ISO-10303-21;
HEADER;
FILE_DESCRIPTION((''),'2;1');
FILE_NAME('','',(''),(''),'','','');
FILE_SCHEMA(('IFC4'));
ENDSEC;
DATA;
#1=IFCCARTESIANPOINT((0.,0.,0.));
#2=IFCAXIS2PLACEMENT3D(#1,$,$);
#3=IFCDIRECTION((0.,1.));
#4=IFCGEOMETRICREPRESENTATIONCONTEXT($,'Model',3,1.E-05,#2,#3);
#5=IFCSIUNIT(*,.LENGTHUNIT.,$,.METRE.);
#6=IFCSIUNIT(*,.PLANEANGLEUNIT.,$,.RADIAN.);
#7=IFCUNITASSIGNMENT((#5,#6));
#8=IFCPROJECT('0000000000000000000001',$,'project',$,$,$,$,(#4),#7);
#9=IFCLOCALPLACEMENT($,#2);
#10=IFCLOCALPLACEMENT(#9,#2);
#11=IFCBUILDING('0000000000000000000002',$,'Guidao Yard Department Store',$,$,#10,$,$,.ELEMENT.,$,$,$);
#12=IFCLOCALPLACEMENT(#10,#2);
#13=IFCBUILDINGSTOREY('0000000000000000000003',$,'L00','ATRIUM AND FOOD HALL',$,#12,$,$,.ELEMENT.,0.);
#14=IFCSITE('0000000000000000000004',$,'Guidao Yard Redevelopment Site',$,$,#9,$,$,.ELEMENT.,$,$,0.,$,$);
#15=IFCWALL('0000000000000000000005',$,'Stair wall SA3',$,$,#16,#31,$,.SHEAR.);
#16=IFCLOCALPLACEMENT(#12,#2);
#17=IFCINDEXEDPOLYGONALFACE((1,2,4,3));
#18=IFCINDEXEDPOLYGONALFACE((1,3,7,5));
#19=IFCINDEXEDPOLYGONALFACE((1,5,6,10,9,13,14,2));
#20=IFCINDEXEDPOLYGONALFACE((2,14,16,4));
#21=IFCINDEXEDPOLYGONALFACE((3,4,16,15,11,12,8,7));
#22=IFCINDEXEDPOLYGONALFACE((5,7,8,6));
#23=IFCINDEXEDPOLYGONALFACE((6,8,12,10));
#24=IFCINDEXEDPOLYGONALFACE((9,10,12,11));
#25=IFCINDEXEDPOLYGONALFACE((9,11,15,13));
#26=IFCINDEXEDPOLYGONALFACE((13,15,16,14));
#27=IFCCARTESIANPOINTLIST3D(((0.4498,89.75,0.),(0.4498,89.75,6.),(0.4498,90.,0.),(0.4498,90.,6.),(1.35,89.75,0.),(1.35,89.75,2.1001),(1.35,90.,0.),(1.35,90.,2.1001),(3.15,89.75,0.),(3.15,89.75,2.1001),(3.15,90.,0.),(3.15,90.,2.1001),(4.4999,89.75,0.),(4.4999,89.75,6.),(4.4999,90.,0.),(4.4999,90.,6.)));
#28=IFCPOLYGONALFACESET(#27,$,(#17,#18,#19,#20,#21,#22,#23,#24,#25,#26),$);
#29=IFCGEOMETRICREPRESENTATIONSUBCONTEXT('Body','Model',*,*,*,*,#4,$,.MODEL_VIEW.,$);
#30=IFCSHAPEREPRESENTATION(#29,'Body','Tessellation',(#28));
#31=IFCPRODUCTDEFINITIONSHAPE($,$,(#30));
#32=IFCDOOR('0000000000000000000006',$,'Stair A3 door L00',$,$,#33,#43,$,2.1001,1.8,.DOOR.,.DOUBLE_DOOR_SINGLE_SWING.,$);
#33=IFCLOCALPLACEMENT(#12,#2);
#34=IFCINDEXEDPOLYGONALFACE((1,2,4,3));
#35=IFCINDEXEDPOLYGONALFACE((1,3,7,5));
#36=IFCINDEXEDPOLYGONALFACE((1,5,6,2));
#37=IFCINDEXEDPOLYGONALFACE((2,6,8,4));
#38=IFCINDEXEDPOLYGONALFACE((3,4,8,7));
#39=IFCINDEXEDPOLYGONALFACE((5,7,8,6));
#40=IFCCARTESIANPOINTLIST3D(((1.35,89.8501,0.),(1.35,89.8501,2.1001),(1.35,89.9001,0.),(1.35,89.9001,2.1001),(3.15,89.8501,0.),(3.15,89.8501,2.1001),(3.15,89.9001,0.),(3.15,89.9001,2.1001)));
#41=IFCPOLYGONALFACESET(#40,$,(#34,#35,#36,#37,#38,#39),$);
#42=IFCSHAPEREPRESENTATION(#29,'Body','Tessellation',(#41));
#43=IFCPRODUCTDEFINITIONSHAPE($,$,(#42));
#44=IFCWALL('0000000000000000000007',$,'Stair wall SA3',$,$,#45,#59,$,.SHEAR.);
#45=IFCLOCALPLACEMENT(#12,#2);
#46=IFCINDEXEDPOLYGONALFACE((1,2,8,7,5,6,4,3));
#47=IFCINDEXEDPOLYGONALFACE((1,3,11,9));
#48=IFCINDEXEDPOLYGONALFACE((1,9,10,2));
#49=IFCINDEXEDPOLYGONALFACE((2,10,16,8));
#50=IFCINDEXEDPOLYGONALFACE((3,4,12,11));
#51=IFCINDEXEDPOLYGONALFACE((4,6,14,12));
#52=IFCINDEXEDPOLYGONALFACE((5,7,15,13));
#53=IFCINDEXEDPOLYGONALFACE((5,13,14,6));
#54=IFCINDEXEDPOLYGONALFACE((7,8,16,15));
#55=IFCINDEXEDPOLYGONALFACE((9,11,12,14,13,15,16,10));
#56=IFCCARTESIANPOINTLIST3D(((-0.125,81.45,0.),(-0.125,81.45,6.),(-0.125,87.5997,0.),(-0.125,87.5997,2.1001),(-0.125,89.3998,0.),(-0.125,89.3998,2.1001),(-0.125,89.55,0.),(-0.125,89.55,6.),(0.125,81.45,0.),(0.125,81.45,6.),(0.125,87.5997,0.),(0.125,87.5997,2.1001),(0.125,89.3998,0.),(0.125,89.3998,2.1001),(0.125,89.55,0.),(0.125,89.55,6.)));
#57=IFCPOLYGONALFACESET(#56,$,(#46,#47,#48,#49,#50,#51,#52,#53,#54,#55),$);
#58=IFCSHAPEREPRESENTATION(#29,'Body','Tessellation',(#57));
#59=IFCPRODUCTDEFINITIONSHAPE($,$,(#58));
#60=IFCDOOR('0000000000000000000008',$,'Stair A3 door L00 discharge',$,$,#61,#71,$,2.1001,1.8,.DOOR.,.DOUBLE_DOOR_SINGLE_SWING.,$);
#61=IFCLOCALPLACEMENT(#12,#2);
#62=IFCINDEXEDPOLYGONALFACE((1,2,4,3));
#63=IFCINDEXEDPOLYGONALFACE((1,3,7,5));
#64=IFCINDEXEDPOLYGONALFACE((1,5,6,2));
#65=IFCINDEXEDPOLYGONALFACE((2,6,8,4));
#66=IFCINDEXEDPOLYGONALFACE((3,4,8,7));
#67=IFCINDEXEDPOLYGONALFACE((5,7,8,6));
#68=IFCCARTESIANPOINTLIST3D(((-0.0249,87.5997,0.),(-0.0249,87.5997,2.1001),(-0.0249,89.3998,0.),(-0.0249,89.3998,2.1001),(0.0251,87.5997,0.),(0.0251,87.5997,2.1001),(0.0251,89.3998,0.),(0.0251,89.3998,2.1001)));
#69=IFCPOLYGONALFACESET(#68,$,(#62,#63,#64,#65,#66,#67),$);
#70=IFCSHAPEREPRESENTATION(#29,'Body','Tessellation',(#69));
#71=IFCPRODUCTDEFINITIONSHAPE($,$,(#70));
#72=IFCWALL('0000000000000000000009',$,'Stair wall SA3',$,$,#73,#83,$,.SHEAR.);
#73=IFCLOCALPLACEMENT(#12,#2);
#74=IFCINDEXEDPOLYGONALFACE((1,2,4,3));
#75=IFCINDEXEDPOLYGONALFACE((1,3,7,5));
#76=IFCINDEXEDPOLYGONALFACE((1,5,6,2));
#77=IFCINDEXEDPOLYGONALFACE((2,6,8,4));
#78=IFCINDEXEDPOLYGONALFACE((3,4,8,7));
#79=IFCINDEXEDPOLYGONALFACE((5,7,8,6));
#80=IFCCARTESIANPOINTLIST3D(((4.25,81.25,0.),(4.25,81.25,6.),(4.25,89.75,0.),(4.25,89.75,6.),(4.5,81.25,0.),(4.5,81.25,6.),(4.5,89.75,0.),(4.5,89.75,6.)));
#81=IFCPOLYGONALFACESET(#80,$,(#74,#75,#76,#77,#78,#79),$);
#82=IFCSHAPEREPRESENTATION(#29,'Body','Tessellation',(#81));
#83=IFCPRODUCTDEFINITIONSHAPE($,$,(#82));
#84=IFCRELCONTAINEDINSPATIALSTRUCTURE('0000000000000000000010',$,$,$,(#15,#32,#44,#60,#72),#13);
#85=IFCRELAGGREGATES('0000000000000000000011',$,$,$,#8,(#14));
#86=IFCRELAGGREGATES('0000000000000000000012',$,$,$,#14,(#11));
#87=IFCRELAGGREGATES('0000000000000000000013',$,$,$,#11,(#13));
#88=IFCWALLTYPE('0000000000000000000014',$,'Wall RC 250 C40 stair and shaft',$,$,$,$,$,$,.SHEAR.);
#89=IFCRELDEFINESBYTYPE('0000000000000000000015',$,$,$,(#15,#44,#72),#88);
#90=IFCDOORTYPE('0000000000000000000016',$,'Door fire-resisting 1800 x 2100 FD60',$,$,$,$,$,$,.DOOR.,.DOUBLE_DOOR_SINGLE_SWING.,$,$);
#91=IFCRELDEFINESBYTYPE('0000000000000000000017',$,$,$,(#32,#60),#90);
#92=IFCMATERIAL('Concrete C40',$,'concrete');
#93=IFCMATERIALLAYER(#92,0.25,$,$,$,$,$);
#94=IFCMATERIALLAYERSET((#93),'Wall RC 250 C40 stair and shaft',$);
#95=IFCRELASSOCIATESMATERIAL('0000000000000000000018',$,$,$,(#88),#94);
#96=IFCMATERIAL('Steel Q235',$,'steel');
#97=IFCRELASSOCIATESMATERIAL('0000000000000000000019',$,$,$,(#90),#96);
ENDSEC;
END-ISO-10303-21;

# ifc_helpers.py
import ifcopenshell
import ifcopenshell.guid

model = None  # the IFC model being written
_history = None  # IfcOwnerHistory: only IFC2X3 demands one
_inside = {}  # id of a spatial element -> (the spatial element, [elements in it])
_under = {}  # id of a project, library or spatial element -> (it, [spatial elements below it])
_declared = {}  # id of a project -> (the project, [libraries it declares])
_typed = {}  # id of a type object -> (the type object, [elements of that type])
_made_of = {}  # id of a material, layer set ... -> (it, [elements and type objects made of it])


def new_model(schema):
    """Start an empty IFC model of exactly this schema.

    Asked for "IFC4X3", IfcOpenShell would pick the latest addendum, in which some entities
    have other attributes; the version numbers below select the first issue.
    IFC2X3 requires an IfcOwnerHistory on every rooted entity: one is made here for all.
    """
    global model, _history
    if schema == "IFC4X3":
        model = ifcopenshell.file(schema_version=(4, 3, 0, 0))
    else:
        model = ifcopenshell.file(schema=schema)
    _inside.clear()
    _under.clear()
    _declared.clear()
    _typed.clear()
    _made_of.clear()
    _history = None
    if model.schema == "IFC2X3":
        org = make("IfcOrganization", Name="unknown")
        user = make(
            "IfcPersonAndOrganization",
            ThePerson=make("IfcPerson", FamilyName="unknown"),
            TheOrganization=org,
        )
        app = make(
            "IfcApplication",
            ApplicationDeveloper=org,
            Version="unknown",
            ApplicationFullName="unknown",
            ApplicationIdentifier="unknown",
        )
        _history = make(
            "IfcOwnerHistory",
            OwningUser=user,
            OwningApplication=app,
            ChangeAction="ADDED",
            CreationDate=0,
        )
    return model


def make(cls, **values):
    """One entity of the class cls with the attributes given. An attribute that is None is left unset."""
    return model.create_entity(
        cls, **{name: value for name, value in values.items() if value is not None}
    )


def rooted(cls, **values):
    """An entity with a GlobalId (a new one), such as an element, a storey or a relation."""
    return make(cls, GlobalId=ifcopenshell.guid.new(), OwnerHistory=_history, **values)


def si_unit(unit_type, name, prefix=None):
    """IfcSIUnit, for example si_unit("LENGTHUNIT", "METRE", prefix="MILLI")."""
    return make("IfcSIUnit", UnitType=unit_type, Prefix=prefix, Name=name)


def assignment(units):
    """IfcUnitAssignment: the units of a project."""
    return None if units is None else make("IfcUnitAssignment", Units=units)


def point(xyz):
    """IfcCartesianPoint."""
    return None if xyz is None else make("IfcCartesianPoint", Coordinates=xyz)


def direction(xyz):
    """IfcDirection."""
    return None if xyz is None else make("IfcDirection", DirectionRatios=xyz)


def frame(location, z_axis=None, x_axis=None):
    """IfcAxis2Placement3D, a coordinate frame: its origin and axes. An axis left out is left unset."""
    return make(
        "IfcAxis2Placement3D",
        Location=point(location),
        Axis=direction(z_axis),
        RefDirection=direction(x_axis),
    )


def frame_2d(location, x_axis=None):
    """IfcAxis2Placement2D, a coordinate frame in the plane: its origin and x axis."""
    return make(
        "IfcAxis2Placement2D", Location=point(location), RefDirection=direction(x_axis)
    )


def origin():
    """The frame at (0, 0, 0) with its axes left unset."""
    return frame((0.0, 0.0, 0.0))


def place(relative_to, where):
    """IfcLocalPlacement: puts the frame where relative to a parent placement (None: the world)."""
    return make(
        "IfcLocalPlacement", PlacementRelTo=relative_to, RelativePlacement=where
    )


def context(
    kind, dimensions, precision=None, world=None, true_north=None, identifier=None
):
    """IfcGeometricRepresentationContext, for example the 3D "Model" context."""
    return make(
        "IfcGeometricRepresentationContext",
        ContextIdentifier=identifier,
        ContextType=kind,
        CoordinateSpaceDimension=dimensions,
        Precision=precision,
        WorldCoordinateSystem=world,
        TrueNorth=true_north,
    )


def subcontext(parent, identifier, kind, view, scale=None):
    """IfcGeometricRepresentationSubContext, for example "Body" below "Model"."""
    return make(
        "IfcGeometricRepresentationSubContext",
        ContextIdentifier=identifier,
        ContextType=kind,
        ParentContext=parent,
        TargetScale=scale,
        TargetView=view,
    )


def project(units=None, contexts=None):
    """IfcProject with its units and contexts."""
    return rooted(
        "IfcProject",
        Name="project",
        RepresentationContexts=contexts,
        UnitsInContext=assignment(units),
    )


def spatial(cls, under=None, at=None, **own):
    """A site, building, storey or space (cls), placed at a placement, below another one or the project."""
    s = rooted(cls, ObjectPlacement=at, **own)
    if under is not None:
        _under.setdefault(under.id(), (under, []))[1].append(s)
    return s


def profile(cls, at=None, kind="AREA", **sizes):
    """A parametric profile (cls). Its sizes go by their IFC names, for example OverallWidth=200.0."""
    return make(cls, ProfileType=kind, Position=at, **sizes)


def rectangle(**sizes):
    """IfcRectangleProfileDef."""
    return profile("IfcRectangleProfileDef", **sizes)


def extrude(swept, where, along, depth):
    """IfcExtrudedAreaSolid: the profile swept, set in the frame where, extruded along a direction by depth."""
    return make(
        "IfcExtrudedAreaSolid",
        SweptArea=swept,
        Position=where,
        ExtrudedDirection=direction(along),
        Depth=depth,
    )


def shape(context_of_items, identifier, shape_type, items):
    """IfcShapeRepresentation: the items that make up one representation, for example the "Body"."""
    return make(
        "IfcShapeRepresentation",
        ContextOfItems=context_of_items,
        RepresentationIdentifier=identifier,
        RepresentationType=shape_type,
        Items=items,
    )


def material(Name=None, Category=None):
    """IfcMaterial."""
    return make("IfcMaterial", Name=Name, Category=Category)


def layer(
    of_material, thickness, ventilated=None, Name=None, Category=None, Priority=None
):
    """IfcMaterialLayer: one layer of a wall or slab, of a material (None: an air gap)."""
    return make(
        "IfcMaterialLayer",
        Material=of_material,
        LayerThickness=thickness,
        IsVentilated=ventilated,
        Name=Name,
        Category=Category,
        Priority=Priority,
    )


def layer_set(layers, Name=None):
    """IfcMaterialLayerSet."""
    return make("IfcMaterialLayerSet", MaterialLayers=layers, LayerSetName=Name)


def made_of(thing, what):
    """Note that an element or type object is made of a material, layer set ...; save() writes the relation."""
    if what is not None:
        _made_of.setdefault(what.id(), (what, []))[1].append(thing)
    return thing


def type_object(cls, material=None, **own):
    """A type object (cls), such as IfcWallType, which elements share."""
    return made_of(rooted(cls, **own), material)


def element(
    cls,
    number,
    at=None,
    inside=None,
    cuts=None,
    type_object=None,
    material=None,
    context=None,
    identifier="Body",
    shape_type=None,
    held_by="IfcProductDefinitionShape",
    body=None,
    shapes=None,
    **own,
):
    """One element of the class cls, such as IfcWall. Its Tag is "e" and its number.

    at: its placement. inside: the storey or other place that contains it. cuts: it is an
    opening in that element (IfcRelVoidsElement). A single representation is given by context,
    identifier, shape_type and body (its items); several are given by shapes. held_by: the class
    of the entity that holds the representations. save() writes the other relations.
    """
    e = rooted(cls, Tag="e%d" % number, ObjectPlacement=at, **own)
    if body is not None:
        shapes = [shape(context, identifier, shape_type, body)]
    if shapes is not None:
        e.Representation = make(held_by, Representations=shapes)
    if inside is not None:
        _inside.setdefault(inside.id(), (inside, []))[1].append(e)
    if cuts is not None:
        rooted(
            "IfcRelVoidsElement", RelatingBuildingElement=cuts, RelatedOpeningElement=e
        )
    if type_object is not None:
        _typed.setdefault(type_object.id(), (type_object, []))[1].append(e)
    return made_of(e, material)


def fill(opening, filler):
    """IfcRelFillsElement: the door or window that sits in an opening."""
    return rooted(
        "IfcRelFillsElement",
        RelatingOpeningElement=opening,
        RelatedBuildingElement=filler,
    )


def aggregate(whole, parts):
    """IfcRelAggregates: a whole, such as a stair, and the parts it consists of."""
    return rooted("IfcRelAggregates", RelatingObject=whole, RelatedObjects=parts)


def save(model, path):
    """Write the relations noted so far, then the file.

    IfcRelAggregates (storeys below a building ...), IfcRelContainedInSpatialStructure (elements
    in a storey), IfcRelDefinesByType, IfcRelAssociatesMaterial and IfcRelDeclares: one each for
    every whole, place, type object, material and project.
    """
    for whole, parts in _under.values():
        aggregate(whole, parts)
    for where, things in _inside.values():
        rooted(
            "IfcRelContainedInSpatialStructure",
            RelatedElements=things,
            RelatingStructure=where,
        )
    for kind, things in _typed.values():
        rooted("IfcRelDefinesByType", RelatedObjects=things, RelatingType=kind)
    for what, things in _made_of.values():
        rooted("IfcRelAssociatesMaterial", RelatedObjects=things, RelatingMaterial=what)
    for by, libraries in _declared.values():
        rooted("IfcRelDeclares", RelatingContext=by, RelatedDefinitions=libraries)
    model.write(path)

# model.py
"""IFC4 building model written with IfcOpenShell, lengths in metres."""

from ifc_helpers import new_model, si_unit, direction, frame, frame_2d, origin, place, context, subcontext, project, spatial, rectangle, extrude, material, layer, layer_set, type_object, element, fill, save


model = new_model("IFC4")

# Units and contexts
model_context = context("Model", 3, precision=1e-05, world=origin(), true_north=direction((0.0, 1.0)))
body_context = subcontext(model_context, "Body", "Model", "MODEL_VIEW")
ifc_project = project(units=[si_unit("LENGTHUNIT", "METRE"), si_unit("PLANEANGLEUNIT", "RADIAN")], contexts=[model_context])

# Site, building, storey
site_placement = place(None, origin())
site = spatial("IfcSite", under=ifc_project, at=site_placement, Name="Guidao Yard Redevelopment Site", CompositionType="ELEMENT", RefElevation=0.0)
building_placement = place(site_placement, origin())
building = spatial("IfcBuilding", under=site, at=building_placement, Name="Guidao Yard Department Store", CompositionType="ELEMENT")
storey_placement = place(building_placement, origin())
storey = spatial("IfcBuildingStorey", under=building, at=storey_placement, Name="L00", Description="ATRIUM AND FOOD HALL", CompositionType="ELEMENT", Elevation=0.0)

# Shared definitions
ifc_material_1 = material(Name="Concrete C40", Category="concrete")
ifc_layer_1 = layer(ifc_material_1, 0.25)
ifc_layer_set_1 = layer_set([ifc_layer_1], Name="Wall RC 250 C40 stair and shaft")
wall_type_1 = type_object("IfcWallType", Name="Wall RC 250 C40 stair and shaft", PredefinedType="SHEAR", material=ifc_layer_set_1)

# Walls, openings, doors
wall_1_placement = place(storey_placement, frame((0.45, 89.875, 0.0), z_axis=(0.0, 0.0, 1.0), x_axis=(1.0, 0.0, 0.0)))
wall_1 = element("IfcWall", 1, at=wall_1_placement, inside=storey, type_object=wall_type_1, Name="Stair wall SA3", PredefinedType="SHEAR", context=body_context, shape_type="SweptSolid", body=[
    extrude(rectangle(XDim=4.05, YDim=0.25, at=frame_2d((2.0249, 0.0))), origin(), (0.0, 0.0, 1.0), 6.0),
])
opening_1_placement = place(wall_1_placement, frame((2.7, 0.0, 0.0), z_axis=(0.0, 0.0, 1.0), x_axis=(-1.0, 0.0, 0.0)))
opening_1 = element("IfcOpeningElement", 2, at=opening_1_placement, cuts=wall_1, PredefinedType="OPENING", context=body_context, shape_type="SweptSolid", body=[
    extrude(rectangle(XDim=1.8, YDim=2.1001, at=frame_2d((0.8999, 1.05))), frame((0.0, 0.135, 0.0), z_axis=(0.0, -1.0, 0.0), x_axis=(1.0, 0.0, 0.0)), (0.0, 0.0, 1.0), 0.27),
])
ifc_material_2 = material(Name="Steel Q235", Category="steel")
door_type_1 = type_object("IfcDoorType", Name="Door fire-resisting 1800 x 2100 FD60", OperationType="DOUBLE_DOOR_SINGLE_SWING", PredefinedType="DOOR", material=ifc_material_2)
door_1_placement = place(opening_1_placement, origin())
door_1 = element("IfcDoor", 3, at=door_1_placement, inside=storey, type_object=door_type_1, Name="Stair A3 door L00", OperationType="DOUBLE_DOOR_SINGLE_SWING", OverallHeight=2.1001, OverallWidth=1.8, PredefinedType="DOOR", context=body_context, shape_type="SweptSolid", body=[
    extrude(rectangle(XDim=1.8, YDim=2.1001, at=frame_2d((0.8999, 1.05))), frame((0.0, 0.0249, 0.0), z_axis=(0.0, -1.0, 0.0), x_axis=(1.0, 0.0, 0.0)), (0.0, 0.0, 1.0), 0.05),
])
fill(opening_1, door_1)
wall_2_placement = place(storey_placement, frame((0.0, 81.45, 0.0), z_axis=(0.0, 0.0, 1.0), x_axis=(0.0, 1.0, 0.0)))
wall_2 = element("IfcWall", 4, at=wall_2_placement, inside=storey, type_object=wall_type_1, Name="Stair wall SA3", PredefinedType="SHEAR", context=body_context, shape_type="SweptSolid", body=[
    extrude(rectangle(XDim=8.1001, YDim=0.25, at=frame_2d((4.05, 0.0))), origin(), (0.0, 0.0, 1.0), 6.0),
])
opening_2_placement = place(wall_2_placement, frame((6.1499, 0.0, 0.0)))
opening_2 = element("IfcOpeningElement", 5, at=opening_2_placement, cuts=wall_2, PredefinedType="OPENING", context=body_context, shape_type="SweptSolid", body=[
    extrude(rectangle(XDim=1.8, YDim=2.1001, at=frame_2d((0.8999, 1.05))), frame((0.0, 0.135, 0.0), z_axis=(0.0, -1.0, 0.0), x_axis=(1.0, 0.0, 0.0)), (0.0, 0.0, 1.0), 0.27),
])
door_2_placement = place(opening_2_placement, origin())
door_2 = element("IfcDoor", 6, at=door_2_placement, inside=storey, type_object=door_type_1, Name="Stair A3 door L00 discharge", OperationType="DOUBLE_DOOR_SINGLE_SWING", OverallHeight=2.1001, OverallWidth=1.8, PredefinedType="DOOR", context=body_context, shape_type="SweptSolid", body=[
    extrude(rectangle(XDim=1.8, YDim=2.1001, at=frame_2d((0.8999, 1.05))), frame((0.0, 0.0249, 0.0), z_axis=(0.0, -1.0, 0.0), x_axis=(1.0, 0.0, 0.0)), (0.0, 0.0, 1.0), 0.05),
])
fill(opening_2, door_2)

# Wall
wall_3_placement = place(storey_placement, frame((4.375, 81.25, 0.0), z_axis=(0.0, 0.0, 1.0), x_axis=(0.0, 1.0, 0.0)))
element("IfcWall", 7, at=wall_3_placement, inside=storey, type_object=wall_type_1, Name="Stair wall SA3", PredefinedType="SHEAR", context=body_context, shape_type="SweptSolid", body=[
    extrude(rectangle(XDim=8.5, YDim=0.25, at=frame_2d((4.25, 0.0))), origin(), (0.0, 0.0, 1.0), 6.0),
])

save(model, "model.ifc")
